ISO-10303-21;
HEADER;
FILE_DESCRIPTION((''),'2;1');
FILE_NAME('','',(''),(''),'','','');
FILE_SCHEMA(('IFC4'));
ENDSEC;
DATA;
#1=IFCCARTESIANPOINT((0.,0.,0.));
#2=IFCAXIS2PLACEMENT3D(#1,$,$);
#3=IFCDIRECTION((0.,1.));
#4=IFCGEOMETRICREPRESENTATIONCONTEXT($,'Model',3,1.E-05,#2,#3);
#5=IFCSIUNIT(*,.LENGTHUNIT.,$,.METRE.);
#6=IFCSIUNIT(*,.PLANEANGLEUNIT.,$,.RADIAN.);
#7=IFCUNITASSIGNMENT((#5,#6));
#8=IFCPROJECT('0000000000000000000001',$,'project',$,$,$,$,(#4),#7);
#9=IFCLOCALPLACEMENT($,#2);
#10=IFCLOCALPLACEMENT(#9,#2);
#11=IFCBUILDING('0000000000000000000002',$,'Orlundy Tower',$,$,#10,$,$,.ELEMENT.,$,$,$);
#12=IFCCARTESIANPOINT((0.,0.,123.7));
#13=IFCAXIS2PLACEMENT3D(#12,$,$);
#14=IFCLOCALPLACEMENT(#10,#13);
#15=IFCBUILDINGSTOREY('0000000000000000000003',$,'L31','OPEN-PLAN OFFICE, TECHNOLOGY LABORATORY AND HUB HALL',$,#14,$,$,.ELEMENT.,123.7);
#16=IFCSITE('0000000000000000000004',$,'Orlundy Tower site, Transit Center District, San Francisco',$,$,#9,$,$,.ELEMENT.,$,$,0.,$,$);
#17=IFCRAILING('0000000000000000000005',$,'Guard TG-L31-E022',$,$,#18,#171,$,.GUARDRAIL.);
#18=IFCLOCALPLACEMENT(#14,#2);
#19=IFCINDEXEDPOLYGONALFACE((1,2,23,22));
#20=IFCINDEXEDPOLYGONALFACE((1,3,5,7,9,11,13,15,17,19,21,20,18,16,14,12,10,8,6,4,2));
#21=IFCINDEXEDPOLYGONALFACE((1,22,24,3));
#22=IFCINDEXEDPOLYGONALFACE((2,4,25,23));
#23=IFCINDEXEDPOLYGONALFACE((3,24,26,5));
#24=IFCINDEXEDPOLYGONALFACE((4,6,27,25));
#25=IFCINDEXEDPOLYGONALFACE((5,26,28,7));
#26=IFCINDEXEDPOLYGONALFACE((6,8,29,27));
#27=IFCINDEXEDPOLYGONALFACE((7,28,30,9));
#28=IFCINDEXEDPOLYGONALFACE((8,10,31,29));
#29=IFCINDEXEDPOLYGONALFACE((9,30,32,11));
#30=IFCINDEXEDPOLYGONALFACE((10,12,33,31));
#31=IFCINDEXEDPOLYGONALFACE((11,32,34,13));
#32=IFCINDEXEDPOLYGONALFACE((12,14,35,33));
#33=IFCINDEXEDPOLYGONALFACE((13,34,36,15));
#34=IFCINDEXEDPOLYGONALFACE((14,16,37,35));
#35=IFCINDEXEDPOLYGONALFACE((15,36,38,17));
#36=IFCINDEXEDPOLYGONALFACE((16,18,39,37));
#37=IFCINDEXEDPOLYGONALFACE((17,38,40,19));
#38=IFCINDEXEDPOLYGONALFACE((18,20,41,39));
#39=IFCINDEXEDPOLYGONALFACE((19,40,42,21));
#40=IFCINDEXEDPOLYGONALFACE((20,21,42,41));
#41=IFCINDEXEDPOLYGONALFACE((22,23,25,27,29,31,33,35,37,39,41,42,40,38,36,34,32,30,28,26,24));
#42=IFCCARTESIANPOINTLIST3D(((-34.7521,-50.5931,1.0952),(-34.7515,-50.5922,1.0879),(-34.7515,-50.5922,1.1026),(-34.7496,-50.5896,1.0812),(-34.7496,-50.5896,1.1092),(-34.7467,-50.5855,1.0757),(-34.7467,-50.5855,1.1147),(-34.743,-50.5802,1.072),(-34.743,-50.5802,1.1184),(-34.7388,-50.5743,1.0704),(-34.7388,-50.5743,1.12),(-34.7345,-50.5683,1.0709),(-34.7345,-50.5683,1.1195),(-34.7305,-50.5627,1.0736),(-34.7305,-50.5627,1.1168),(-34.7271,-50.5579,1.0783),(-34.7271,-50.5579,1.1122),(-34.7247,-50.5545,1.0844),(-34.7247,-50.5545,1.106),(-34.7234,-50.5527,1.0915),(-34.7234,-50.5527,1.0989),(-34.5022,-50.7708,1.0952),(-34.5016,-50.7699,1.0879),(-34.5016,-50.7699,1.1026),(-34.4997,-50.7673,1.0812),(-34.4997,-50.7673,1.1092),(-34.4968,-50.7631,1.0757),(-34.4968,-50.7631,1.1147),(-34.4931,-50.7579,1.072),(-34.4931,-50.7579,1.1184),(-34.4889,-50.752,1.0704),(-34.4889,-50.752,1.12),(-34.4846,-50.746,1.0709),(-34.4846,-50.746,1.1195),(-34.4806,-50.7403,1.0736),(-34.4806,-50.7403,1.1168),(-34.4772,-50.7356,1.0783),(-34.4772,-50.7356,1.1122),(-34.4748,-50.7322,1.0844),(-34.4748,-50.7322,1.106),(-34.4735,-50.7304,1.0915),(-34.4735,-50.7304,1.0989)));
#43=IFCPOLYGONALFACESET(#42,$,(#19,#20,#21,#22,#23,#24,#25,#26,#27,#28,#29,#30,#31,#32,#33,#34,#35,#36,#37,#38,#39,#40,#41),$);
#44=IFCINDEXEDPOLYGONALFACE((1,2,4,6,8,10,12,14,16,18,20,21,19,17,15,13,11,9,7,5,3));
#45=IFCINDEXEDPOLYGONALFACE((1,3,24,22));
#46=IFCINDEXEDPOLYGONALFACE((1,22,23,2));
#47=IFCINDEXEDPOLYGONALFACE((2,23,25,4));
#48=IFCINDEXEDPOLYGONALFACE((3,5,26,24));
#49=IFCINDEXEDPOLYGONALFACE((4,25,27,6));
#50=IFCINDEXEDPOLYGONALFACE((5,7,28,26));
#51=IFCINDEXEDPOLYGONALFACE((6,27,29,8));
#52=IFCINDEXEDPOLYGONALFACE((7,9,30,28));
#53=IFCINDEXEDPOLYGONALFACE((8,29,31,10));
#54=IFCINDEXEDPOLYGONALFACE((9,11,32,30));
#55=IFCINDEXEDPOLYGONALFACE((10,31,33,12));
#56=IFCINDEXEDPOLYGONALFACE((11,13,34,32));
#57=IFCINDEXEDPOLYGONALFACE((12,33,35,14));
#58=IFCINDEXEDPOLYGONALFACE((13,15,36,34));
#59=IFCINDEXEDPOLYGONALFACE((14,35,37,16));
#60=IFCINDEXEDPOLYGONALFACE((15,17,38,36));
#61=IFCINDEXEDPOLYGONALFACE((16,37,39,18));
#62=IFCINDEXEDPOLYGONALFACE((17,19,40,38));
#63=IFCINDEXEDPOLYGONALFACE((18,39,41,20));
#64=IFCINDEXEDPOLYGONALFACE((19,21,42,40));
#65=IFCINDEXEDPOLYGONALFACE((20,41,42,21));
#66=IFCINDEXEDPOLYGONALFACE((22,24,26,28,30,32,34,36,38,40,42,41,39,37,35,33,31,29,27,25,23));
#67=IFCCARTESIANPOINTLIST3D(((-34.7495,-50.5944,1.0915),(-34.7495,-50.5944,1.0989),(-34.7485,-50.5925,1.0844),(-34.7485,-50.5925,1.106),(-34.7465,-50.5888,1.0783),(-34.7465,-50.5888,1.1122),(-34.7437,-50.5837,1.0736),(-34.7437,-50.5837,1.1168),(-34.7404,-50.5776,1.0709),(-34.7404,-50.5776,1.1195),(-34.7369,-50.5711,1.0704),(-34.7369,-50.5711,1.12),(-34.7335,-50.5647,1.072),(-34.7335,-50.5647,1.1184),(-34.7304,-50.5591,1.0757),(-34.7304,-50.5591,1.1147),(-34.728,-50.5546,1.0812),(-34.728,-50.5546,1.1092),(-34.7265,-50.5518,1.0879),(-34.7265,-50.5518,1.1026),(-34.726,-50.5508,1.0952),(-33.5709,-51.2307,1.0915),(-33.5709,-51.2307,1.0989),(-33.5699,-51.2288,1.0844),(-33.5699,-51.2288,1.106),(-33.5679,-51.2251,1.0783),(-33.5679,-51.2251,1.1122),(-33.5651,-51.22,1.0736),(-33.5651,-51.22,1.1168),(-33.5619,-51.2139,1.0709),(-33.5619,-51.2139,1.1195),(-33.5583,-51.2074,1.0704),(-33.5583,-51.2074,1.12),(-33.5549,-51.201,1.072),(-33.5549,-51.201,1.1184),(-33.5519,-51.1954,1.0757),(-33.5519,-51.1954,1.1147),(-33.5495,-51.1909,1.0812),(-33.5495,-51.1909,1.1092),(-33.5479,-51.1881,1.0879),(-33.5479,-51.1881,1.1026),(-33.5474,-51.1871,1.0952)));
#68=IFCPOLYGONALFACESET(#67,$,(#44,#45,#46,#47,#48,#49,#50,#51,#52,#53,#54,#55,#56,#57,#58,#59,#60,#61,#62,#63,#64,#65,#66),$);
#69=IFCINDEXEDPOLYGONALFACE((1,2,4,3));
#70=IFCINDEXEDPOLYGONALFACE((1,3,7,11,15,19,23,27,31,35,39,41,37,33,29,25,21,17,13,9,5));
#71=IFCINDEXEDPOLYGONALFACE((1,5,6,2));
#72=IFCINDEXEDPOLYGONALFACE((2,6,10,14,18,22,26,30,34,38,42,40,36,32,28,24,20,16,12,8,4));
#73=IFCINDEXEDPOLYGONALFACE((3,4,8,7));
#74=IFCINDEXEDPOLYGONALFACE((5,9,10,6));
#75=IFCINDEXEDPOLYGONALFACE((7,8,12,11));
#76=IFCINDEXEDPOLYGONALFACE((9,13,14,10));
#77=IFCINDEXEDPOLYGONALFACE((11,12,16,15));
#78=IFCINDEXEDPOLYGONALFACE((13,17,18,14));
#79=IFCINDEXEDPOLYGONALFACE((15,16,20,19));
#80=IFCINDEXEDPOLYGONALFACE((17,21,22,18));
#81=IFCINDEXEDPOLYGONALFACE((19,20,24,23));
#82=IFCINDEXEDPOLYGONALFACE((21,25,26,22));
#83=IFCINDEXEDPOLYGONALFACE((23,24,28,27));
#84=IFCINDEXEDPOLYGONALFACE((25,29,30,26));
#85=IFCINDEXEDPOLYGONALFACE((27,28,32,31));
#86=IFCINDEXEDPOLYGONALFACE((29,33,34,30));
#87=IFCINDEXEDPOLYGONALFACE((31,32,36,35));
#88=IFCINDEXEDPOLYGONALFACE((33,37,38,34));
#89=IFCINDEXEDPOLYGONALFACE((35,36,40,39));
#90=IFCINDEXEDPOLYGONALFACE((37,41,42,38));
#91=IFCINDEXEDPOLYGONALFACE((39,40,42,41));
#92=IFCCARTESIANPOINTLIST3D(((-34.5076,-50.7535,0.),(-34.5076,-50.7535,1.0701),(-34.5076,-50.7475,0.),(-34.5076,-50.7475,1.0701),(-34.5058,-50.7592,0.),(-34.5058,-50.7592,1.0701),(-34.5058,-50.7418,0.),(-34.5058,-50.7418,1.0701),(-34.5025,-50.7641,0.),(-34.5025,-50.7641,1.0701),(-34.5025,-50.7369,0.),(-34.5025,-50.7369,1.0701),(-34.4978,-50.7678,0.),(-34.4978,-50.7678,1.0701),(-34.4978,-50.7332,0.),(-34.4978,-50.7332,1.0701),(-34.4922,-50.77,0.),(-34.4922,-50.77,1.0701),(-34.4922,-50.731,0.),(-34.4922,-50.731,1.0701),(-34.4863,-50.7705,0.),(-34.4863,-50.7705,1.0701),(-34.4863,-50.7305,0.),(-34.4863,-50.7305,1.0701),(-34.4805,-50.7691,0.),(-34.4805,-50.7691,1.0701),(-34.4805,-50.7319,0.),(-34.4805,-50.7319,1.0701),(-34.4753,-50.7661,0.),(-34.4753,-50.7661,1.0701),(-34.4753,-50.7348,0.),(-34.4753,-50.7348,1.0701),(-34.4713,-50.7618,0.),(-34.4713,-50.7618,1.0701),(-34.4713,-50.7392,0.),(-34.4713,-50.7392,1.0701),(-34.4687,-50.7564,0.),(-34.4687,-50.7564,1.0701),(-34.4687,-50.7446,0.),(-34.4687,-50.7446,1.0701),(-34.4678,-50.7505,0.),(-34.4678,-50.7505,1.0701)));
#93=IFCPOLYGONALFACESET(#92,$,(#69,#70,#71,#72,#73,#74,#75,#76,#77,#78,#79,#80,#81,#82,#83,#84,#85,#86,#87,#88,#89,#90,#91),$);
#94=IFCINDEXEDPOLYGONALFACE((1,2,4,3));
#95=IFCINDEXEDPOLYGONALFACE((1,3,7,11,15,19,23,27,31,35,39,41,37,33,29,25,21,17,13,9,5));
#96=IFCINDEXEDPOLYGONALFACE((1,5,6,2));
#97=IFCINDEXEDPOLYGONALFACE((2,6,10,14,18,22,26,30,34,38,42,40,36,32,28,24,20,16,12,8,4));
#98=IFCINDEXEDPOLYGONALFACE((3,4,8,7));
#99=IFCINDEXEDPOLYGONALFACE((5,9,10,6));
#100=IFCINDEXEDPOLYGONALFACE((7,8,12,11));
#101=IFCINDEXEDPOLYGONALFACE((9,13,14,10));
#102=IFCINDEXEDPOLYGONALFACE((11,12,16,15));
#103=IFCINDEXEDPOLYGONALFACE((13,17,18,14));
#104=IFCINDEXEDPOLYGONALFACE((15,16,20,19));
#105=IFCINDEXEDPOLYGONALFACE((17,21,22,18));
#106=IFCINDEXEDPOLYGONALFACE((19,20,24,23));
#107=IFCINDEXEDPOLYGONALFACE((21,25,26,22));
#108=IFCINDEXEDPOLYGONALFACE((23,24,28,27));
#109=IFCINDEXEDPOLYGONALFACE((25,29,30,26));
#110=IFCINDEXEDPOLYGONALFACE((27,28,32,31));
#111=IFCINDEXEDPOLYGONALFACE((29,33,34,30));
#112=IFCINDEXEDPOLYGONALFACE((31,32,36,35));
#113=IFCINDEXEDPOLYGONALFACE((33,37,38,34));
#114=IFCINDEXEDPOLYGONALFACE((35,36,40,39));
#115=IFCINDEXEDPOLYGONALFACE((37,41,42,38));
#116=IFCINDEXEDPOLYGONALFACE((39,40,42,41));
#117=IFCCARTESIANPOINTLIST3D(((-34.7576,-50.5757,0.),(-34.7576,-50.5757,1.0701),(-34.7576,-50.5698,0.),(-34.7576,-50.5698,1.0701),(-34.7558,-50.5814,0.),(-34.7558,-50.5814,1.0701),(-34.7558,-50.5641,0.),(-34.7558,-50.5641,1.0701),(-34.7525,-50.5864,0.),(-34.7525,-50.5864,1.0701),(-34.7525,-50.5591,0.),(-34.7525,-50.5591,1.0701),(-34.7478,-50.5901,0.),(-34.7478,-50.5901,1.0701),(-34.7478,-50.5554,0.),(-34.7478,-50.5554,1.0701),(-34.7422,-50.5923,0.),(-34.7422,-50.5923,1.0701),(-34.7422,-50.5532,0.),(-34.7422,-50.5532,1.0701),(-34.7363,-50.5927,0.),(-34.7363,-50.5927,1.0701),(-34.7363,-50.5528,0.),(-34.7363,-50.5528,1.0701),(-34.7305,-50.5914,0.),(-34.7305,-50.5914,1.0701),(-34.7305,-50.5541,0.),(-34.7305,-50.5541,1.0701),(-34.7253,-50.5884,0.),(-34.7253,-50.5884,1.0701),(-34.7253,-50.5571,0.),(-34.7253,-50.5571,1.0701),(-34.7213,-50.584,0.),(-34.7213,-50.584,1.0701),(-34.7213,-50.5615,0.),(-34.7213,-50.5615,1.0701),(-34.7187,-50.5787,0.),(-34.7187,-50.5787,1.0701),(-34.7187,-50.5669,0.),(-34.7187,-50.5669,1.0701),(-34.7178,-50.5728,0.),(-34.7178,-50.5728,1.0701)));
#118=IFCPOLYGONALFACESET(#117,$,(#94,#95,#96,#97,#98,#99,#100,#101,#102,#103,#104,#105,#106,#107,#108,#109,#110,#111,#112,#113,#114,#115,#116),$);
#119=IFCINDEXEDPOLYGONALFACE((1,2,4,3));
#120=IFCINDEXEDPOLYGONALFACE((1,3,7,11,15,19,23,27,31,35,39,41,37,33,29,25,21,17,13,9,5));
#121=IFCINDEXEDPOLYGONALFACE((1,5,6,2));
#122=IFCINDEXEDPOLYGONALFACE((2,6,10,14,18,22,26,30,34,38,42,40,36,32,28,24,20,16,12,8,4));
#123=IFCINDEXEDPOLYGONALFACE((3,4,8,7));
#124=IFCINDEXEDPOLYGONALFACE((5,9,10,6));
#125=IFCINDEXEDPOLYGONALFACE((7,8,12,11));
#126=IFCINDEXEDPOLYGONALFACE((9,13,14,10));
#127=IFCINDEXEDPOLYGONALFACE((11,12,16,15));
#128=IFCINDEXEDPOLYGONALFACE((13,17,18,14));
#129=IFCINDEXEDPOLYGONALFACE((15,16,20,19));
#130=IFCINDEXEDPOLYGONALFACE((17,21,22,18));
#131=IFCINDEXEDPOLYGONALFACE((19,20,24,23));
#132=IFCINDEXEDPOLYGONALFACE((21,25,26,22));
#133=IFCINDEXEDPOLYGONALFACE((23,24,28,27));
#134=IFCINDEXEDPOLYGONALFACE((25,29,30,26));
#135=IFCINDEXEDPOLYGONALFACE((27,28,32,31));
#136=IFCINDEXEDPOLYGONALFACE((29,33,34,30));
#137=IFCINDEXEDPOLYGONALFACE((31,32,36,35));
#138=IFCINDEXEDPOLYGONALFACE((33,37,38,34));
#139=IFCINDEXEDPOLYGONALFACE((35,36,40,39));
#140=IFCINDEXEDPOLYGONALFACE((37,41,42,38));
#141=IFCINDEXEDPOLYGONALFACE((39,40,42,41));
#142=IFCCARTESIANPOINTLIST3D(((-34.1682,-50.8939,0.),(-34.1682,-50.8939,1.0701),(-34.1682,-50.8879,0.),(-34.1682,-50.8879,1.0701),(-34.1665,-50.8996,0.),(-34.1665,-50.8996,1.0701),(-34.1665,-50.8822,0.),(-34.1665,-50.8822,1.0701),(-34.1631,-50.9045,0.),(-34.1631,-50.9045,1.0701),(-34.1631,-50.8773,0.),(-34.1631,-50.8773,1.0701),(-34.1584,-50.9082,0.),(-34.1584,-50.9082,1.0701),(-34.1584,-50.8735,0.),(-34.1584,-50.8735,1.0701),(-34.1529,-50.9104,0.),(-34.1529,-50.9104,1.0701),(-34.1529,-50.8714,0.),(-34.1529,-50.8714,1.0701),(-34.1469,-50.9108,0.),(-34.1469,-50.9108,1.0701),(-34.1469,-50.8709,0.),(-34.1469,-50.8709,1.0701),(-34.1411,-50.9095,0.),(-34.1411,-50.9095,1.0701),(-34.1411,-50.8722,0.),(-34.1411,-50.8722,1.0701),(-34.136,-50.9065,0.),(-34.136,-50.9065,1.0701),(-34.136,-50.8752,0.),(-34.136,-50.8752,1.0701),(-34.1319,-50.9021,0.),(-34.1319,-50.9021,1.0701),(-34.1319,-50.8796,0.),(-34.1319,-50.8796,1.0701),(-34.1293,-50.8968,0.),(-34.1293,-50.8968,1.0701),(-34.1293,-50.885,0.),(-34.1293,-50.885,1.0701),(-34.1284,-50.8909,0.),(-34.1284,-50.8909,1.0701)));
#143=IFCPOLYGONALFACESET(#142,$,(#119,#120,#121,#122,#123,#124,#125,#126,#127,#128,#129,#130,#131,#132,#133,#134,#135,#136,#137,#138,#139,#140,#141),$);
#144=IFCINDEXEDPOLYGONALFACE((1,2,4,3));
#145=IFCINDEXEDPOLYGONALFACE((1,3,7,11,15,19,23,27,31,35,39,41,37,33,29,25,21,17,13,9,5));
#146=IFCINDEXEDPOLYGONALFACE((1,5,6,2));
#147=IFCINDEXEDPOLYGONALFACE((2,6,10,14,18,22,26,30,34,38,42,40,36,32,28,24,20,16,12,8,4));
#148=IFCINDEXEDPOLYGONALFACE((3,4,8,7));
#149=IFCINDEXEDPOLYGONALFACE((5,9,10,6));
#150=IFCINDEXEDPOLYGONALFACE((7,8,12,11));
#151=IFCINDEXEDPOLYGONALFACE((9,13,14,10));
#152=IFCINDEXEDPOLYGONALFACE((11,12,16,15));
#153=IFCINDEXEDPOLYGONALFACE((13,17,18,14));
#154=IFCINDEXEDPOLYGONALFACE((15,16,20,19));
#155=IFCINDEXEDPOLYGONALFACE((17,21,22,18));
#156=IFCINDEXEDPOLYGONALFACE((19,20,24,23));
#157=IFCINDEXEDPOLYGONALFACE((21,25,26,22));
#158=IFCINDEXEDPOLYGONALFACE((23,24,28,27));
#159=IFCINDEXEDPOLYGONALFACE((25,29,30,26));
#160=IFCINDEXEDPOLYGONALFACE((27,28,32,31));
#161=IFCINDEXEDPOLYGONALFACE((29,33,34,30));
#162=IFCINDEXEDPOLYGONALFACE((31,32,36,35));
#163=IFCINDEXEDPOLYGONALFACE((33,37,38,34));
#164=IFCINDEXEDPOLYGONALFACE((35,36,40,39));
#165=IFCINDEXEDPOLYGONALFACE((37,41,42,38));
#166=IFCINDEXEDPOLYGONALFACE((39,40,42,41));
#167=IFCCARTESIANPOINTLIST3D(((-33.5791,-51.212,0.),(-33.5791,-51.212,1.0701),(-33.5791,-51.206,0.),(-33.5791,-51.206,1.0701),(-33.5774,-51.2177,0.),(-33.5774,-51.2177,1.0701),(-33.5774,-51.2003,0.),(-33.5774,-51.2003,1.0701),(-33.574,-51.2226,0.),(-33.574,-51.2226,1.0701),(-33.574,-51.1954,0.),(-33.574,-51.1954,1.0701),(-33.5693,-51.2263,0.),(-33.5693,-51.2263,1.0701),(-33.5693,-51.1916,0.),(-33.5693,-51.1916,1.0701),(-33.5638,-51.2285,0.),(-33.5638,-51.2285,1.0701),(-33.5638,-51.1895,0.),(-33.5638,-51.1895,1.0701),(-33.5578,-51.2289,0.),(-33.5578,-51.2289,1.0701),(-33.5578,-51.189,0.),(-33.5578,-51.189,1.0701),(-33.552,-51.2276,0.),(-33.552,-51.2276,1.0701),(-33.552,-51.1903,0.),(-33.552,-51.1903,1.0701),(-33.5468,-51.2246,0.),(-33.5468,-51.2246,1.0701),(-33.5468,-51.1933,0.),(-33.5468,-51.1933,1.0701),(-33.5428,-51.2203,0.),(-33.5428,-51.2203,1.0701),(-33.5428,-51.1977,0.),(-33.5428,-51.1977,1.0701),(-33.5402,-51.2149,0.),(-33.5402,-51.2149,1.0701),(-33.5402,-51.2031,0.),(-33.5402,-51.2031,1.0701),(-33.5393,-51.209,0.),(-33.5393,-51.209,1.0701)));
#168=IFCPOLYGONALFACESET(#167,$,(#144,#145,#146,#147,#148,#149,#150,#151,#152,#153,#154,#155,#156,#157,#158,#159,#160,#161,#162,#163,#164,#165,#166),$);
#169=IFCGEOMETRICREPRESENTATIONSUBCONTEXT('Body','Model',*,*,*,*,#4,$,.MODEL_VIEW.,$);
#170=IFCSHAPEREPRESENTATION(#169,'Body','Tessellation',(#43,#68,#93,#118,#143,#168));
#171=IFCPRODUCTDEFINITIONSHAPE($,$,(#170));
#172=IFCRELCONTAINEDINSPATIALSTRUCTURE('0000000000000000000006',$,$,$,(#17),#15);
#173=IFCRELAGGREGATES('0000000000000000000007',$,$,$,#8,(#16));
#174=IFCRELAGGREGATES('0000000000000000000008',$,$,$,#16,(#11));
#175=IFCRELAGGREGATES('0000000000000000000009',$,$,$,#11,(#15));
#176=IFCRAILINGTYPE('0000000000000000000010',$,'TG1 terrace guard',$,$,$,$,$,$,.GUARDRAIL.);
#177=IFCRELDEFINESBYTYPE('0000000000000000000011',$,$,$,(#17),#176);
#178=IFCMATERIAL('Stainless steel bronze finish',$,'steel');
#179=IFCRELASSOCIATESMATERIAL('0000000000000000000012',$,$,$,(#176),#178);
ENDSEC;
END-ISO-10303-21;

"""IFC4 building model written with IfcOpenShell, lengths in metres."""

from ifc_helpers import new_model, si_unit, direction, frame, origin, origin_2d, place, context, subcontext, project, spatial, circle, extrude, material, type_object, element, save


model = new_model("IFC4")

# Units and contexts
model_context = context("Model", 3, precision=1e-05, world=origin(), true_north=direction((0.0, 1.0)))
body_context = subcontext(model_context, "Body", "Model", "MODEL_VIEW")
ifc_project = project(units=[si_unit("LENGTHUNIT", "METRE"), si_unit("PLANEANGLEUNIT", "RADIAN")], contexts=[model_context])

# Site, building, storey
site_placement = place(None, origin())
site = spatial("IfcSite", under=ifc_project, at=site_placement, Name="Orlundy Tower site, Transit Center District, San Francisco", CompositionType="ELEMENT", RefElevation=0.0)
building_placement = place(site_placement, origin())
building = spatial("IfcBuilding", under=site, at=building_placement, Name="Orlundy Tower", CompositionType="ELEMENT")
storey_placement = place(building_placement, frame((0.0, 0.0, 123.7)))
storey = spatial("IfcBuildingStorey", under=building, at=storey_placement, Name="L31", Description="OPEN-PLAN OFFICE, TECHNOLOGY LABORATORY AND HUB HALL", CompositionType="ELEMENT", Elevation=123.7)

# Railing
ifc_material_1 = material(Name="Stainless steel bronze finish", Category="steel")
railing_type = type_object("IfcRailingType", Name="TG1 terrace guard", PredefinedType="GUARDRAIL", material=ifc_material_1)
railing_1_placement = place(storey_placement, frame((-34.4878, -50.7505, 0.0)))
element("IfcRailing", 1, at=railing_1_placement, inside=storey, type_object=railing_type, Name="Guard TG-L31-E022", PredefinedType="GUARDRAIL", context=body_context, shape_type="SweptSolid", body=[
    extrude(circle(Radius=0.0249, at=origin_2d()), frame((0.0, 0.0, 1.0952), z_axis=(-0.815022, 0.57943, 0.0), x_axis=(-0.57943, -0.815022, 0.0)), (0.0, 0.0, 1.0), 0.3066),
    extrude(circle(Radius=0.0249, at=origin_2d()), frame((-0.25, 0.1777, 1.0952), z_axis=(0.87995, -0.475067, 0.0), x_axis=(0.475067, 0.87995, 0.0)), (0.0, 0.0, 1.0), 1.3394),
    extrude(circle(Radius=0.02, at=origin_2d()), origin(), (0.0, 0.0, 1.0), 1.0701),
    extrude(circle(Radius=0.02, at=origin_2d()), frame((-0.25, 0.1777, 0.0)), (0.0, 0.0, 1.0), 1.0701),
    extrude(circle(Radius=0.02, at=origin_2d()), frame((0.3394, -0.1404, 0.0)), (0.0, 0.0, 1.0), 1.0701),
    extrude(circle(Radius=0.02, at=origin_2d()), frame((0.9285, -0.4585, 0.0)), (0.0, 0.0, 1.0), 1.0701),
])

save(model, "model.ifc")
